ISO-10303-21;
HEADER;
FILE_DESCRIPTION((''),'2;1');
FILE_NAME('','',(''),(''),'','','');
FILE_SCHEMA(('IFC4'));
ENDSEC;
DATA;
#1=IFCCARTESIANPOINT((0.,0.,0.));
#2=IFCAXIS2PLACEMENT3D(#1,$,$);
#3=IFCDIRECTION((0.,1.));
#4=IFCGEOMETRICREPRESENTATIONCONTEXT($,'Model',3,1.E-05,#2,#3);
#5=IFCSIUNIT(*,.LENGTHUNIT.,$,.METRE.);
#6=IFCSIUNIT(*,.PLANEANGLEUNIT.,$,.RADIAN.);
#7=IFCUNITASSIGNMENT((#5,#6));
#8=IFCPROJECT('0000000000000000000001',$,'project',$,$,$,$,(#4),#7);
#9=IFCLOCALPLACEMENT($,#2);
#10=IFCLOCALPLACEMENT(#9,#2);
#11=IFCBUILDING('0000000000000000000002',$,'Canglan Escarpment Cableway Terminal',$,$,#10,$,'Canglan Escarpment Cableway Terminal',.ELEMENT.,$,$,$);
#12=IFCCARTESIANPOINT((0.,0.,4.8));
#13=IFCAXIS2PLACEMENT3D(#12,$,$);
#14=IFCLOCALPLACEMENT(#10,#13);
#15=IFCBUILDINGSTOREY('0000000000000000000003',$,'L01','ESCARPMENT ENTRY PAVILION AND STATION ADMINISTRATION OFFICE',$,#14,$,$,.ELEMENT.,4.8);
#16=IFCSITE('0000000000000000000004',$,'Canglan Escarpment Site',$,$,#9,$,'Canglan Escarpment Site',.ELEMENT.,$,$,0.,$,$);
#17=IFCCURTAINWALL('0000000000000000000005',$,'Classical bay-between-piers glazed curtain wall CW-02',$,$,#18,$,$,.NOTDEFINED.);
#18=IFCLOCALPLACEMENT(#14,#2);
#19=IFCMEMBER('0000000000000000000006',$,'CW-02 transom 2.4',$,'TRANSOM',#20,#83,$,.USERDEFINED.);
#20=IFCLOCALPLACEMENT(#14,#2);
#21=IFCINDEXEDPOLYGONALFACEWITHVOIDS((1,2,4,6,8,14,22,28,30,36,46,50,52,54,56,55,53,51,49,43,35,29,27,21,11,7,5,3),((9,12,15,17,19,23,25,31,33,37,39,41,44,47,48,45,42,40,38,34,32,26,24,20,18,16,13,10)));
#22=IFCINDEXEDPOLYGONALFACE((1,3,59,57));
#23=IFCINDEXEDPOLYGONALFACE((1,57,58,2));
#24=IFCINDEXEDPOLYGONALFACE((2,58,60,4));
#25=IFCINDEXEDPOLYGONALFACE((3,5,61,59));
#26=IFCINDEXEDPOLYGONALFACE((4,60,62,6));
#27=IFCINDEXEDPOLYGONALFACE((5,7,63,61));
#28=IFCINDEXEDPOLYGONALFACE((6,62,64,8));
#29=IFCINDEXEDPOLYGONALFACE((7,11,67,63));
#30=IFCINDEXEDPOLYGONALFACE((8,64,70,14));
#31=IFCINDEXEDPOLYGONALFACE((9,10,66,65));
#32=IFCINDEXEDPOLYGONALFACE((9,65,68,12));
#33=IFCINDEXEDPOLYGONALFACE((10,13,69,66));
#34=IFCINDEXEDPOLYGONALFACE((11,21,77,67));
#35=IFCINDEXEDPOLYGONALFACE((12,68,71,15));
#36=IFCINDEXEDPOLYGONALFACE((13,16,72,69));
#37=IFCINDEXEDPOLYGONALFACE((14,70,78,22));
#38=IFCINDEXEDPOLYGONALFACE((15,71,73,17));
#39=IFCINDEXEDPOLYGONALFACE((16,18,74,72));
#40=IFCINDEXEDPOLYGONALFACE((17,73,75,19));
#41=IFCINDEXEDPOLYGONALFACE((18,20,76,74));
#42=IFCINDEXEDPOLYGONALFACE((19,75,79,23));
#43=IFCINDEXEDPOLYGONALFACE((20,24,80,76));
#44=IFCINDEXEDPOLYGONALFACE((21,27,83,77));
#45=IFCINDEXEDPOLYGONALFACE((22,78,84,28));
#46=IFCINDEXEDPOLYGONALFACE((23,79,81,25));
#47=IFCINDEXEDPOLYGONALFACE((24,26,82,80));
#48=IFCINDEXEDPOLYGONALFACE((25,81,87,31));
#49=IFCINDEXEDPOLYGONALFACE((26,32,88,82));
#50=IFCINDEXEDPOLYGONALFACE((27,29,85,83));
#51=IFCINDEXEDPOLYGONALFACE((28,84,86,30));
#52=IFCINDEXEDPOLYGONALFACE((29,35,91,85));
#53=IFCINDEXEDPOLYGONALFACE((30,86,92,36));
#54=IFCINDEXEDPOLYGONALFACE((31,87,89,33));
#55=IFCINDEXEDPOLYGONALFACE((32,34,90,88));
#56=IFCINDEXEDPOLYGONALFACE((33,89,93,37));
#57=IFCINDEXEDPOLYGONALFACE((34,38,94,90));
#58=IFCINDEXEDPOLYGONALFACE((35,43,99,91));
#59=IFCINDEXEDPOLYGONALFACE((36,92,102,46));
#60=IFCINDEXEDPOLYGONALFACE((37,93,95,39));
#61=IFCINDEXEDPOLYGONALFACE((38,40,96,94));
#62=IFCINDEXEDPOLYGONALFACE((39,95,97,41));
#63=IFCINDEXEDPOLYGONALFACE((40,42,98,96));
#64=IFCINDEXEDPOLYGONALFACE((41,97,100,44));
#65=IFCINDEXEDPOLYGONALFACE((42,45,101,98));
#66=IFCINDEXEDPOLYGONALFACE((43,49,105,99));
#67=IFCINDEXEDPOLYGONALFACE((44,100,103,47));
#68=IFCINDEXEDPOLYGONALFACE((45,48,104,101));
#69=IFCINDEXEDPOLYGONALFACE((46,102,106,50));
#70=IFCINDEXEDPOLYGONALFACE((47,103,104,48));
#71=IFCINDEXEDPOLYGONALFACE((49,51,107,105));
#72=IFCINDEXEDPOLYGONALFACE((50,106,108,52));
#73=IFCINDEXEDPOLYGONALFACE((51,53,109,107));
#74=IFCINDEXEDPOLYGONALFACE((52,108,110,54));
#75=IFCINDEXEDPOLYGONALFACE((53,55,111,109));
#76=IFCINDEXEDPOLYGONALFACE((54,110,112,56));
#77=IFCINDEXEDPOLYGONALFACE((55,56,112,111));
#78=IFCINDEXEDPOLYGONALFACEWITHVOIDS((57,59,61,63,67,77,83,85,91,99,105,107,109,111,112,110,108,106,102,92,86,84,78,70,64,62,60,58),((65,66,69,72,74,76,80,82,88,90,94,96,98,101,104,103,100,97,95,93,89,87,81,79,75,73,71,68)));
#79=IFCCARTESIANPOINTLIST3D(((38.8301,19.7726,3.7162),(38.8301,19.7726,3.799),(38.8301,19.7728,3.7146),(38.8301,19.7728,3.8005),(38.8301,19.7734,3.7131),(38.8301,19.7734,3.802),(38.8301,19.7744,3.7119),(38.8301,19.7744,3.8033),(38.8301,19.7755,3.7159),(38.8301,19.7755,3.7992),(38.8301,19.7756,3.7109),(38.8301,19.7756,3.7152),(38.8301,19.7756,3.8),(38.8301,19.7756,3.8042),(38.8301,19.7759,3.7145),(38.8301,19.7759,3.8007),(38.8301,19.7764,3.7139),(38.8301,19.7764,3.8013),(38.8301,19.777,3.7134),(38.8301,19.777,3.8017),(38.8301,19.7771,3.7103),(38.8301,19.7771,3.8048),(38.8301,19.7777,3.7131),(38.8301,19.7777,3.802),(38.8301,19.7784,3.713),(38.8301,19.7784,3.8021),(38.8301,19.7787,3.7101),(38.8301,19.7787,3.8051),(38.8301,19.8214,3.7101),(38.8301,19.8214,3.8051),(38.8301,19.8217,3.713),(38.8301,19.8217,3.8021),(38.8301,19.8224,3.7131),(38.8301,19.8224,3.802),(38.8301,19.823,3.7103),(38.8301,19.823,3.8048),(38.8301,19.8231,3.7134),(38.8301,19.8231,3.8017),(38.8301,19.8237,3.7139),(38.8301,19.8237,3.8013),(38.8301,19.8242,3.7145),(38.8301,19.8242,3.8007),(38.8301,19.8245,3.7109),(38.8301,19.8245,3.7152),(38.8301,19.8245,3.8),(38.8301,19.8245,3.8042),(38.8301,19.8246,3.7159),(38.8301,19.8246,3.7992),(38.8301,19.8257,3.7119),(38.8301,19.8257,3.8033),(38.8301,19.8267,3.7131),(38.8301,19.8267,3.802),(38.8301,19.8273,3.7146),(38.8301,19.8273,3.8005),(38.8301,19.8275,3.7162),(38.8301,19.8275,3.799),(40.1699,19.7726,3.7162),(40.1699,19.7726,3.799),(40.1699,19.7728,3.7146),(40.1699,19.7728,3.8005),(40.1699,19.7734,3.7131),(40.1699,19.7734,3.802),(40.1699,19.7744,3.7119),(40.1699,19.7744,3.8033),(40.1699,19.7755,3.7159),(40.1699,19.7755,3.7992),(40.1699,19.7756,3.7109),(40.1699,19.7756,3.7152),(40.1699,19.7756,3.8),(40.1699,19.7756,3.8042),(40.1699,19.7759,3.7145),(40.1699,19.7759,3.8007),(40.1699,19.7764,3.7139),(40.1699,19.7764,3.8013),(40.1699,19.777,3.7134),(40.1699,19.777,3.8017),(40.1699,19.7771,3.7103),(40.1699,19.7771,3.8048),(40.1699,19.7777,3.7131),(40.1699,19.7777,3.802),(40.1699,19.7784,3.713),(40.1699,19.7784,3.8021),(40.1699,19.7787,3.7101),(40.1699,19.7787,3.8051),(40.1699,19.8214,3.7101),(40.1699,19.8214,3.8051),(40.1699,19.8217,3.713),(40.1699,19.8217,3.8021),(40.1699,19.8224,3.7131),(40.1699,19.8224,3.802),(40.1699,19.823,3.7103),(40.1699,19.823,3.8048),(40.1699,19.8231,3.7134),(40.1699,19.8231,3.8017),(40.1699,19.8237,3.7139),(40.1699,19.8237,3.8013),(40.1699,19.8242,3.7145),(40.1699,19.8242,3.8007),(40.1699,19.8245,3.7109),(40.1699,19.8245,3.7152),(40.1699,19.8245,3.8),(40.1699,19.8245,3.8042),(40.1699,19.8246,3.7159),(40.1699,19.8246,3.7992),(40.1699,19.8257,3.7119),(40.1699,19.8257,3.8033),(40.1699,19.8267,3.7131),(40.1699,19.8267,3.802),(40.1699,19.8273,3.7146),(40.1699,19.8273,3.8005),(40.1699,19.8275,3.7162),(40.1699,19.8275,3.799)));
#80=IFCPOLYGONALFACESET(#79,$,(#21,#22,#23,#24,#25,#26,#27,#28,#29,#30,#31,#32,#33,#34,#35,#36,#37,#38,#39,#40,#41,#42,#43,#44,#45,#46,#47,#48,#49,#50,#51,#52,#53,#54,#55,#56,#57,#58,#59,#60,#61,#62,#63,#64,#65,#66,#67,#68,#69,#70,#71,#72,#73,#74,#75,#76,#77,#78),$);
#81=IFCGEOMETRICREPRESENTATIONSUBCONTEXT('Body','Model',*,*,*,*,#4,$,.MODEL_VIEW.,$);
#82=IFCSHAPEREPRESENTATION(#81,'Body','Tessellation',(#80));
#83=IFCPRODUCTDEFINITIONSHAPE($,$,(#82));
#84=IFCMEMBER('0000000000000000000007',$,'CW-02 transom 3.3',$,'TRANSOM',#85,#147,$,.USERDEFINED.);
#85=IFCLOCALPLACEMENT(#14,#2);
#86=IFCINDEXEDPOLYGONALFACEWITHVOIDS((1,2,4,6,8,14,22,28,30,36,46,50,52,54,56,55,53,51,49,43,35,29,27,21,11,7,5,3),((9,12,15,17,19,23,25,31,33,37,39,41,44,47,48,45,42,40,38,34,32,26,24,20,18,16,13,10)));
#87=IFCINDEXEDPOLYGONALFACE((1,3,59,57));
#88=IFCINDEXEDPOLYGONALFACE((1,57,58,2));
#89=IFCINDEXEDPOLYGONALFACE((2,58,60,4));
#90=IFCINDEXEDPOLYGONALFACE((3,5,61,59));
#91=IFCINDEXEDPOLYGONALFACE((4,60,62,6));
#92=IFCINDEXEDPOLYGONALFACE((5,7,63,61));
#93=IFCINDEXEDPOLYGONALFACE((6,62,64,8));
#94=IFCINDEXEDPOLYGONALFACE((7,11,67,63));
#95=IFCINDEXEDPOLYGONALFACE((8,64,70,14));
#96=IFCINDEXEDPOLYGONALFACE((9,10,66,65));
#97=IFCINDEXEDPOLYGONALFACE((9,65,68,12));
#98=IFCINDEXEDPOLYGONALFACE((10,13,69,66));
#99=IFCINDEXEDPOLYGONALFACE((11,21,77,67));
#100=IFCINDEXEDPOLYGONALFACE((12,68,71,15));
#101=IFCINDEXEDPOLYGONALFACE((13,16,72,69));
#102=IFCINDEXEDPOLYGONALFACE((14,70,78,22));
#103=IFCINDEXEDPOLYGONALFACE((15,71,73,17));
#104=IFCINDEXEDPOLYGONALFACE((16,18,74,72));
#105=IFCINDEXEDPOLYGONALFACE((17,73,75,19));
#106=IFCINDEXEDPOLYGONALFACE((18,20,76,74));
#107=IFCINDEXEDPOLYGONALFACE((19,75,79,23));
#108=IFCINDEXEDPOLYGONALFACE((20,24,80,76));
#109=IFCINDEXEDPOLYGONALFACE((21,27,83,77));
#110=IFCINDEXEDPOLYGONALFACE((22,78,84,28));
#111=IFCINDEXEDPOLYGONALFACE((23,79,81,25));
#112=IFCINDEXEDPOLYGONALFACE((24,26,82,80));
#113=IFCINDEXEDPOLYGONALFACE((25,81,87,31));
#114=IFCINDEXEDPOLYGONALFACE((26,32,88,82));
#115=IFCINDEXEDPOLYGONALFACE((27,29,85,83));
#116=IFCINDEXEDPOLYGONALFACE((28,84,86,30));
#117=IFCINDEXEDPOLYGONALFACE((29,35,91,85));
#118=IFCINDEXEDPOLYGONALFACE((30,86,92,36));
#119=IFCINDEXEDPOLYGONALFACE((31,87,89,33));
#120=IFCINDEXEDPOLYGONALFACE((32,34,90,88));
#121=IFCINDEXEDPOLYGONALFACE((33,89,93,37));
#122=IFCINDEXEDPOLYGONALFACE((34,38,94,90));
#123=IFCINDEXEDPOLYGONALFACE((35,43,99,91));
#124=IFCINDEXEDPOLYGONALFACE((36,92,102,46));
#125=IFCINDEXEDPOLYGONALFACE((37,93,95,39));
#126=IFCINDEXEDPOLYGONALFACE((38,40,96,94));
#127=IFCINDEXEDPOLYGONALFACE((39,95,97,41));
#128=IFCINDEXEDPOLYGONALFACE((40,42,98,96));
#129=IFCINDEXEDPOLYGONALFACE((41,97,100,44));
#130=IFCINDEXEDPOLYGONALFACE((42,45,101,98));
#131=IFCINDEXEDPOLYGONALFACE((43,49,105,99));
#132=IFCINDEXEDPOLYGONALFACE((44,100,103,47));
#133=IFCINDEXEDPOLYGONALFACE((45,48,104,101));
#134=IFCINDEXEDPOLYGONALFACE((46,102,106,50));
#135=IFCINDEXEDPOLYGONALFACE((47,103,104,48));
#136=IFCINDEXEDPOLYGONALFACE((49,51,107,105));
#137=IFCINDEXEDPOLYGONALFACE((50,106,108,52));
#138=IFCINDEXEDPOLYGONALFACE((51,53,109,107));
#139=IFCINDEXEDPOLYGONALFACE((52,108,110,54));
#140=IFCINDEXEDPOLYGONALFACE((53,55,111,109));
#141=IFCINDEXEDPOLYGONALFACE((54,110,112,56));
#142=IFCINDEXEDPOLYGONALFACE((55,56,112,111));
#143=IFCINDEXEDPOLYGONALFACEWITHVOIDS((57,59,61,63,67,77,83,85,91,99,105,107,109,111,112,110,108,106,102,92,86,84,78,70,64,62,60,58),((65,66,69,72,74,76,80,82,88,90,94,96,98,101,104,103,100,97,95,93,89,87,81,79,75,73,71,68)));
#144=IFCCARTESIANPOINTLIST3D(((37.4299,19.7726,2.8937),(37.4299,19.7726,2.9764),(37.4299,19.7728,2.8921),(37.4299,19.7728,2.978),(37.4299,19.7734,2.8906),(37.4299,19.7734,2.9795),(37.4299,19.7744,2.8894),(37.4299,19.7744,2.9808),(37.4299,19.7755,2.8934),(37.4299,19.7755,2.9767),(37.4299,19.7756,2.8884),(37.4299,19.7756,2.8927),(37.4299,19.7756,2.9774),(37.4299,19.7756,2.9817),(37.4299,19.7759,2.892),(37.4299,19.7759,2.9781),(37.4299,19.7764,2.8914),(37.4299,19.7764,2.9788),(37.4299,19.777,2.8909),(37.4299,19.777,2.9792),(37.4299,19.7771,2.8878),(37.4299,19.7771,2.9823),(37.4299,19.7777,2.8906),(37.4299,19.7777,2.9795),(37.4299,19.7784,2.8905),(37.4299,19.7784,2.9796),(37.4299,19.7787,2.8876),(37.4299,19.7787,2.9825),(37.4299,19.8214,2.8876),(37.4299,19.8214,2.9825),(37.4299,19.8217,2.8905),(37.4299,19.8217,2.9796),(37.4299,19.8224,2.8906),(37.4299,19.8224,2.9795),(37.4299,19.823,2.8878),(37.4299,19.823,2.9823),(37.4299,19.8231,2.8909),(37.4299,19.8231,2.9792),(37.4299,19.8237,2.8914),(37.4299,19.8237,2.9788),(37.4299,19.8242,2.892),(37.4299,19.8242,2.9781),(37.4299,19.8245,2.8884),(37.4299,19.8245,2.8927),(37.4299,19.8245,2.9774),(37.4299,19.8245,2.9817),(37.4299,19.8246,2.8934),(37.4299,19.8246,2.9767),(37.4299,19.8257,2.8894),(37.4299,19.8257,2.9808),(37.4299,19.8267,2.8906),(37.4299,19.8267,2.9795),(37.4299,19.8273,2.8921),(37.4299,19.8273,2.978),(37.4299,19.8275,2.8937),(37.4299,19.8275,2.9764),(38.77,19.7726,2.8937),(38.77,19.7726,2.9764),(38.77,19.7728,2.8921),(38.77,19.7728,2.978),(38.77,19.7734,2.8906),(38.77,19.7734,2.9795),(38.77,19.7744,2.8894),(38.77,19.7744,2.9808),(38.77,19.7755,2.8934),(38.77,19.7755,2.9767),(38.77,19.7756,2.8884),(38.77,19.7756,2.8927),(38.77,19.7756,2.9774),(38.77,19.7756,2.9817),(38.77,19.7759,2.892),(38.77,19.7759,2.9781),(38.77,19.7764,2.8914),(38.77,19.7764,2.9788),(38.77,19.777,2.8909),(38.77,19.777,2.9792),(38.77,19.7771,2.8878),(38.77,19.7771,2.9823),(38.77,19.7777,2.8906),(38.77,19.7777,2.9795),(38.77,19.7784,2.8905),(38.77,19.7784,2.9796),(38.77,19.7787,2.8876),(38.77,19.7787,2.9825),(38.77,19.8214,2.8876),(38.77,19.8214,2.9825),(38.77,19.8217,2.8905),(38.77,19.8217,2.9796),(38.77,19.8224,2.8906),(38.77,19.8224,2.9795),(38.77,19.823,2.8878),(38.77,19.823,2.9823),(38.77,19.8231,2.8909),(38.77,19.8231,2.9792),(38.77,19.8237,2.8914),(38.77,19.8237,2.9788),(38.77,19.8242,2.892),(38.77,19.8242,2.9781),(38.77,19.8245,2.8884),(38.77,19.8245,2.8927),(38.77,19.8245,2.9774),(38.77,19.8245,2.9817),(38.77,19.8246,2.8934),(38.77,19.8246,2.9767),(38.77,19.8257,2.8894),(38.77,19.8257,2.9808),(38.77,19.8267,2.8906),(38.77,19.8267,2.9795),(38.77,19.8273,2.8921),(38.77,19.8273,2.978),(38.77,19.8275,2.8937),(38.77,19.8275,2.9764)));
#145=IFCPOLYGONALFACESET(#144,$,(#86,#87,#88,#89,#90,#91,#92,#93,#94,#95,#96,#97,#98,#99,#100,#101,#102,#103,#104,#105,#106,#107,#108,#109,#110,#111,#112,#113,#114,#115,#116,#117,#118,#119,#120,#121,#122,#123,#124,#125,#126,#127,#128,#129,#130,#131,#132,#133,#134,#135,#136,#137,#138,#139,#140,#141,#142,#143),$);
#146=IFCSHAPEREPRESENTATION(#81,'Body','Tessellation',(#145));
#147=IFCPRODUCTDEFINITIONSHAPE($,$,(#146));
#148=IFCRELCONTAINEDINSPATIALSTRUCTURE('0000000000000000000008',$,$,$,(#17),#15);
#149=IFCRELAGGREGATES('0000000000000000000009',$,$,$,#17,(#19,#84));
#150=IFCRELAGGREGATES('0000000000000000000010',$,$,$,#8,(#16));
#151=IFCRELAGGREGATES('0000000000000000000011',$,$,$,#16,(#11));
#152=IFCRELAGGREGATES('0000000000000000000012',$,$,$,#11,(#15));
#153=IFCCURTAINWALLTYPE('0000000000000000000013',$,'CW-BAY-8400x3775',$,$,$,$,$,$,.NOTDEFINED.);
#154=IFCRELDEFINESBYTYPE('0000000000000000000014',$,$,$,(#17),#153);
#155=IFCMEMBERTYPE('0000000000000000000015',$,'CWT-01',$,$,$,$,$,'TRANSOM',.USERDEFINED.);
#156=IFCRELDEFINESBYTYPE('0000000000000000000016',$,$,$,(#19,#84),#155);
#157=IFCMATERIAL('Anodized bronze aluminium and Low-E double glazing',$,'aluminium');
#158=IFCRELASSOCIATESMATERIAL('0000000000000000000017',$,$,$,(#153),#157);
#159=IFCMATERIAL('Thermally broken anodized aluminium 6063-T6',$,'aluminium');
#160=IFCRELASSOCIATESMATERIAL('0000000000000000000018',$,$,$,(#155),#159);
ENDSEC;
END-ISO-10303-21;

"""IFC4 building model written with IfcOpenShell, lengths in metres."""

from ifc_helpers import new_model, si_unit, direction, frame, origin, origin_2d, place, context, subcontext, project, spatial, hollow_rectangle, extrude, material, material_profile, profile_set, type_object, element, aggregate, save


model = new_model("IFC4")

# Units and contexts
model_context = context("Model", 3, precision=1e-05, world=origin(), true_north=direction((0.0, 1.0)))
body_context = subcontext(model_context, "Body", "Model", "MODEL_VIEW")
ifc_project = project(units=[si_unit("LENGTHUNIT", "METRE"), si_unit("PLANEANGLEUNIT", "RADIAN")], contexts=[model_context])

# Site, building, storey
site_placement = place(None, origin())
site = spatial("IfcSite", under=ifc_project, at=site_placement, Name="Canglan Escarpment Site", LongName="Canglan Escarpment Site", CompositionType="ELEMENT", RefElevation=0.0)
building_placement = place(site_placement, origin())
building = spatial("IfcBuilding", under=site, at=building_placement, Name="Canglan Escarpment Cableway Terminal", LongName="Canglan Escarpment Cableway Terminal", CompositionType="ELEMENT")
storey_placement = place(building_placement, frame((0.0, 0.0, 4.8)))
storey = spatial("IfcBuildingStorey", under=building, at=storey_placement, Name="L01", Description="ESCARPMENT ENTRY PAVILION AND STATION ADMINISTRATION OFFICE", CompositionType="ELEMENT", Elevation=4.8)

# Curtain wall, members
ifc_material_1 = material(Name="Anodized bronze aluminium and Low-E double glazing", Category="aluminium")
curtain_wall_type = type_object("IfcCurtainWallType", Name="CW-BAY-8400x3775", PredefinedType="NOTDEFINED", material=ifc_material_1)
curtain_wall_placement = place(storey_placement, origin())
curtain_wall = element("IfcCurtainWall", 1, at=curtain_wall_placement, inside=storey, type_object=curtain_wall_type, Name="Classical bay-between-piers glazed curtain wall CW-02", PredefinedType="NOTDEFINED")
ifc_material_2 = material(Name="Thermally broken anodized aluminium 6063-T6", Category="aluminium")
ifc_material_profile_1 = material_profile(ifc_material_2, hollow_rectangle(XDim=0.0549, YDim=0.095, WallThickness=0.0029, InnerFilletRadius=0.0029, OuterFilletRadius=0.0061, at=origin_2d()), Name="ALU-TRAN 55x95x3")
ifc_profile_set_1 = profile_set([ifc_material_profile_1], Name="Thermally broken anodized aluminium 6063-T6")
member_type_1 = type_object("IfcMemberType", Name="CWT-01", ElementType="TRANSOM", PredefinedType="USERDEFINED", material=ifc_profile_set_1)
member_1_placement = place(storey_placement, frame((40.1699, 19.8, 3.7576), z_axis=(-1.0, 0.0, 0.0), x_axis=(0.0, -1.0, 0.0)))
member_1 = element("IfcMember", 2, at=member_1_placement, type_object=member_type_1, Name="CW-02 transom 2.4", ObjectType="TRANSOM", PredefinedType="USERDEFINED", context=body_context, shape_type="SweptSolid", body=[
    extrude(hollow_rectangle(XDim=0.0549, YDim=0.095, WallThickness=0.0029, InnerFilletRadius=0.0029, OuterFilletRadius=0.0061, at=origin_2d()), origin(), (0.0, 0.0, 1.0), 1.3398),
])
member_2_placement = place(storey_placement, frame((38.77, 19.8, 2.9351), z_axis=(-1.0, 0.0, 0.0), x_axis=(0.0, -1.0, 0.0)))
member_2 = element("IfcMember", 3, at=member_2_placement, type_object=member_type_1, Name="CW-02 transom 3.3", ObjectType="TRANSOM", PredefinedType="USERDEFINED", context=body_context, shape_type="SweptSolid", body=[
    extrude(hollow_rectangle(XDim=0.0549, YDim=0.095, WallThickness=0.0029, InnerFilletRadius=0.0029, OuterFilletRadius=0.0061, at=origin_2d()), origin(), (0.0, 0.0, 1.0), 1.3401),
])
aggregate(curtain_wall, [member_1, member_2])

save(model, "model.ifc")
